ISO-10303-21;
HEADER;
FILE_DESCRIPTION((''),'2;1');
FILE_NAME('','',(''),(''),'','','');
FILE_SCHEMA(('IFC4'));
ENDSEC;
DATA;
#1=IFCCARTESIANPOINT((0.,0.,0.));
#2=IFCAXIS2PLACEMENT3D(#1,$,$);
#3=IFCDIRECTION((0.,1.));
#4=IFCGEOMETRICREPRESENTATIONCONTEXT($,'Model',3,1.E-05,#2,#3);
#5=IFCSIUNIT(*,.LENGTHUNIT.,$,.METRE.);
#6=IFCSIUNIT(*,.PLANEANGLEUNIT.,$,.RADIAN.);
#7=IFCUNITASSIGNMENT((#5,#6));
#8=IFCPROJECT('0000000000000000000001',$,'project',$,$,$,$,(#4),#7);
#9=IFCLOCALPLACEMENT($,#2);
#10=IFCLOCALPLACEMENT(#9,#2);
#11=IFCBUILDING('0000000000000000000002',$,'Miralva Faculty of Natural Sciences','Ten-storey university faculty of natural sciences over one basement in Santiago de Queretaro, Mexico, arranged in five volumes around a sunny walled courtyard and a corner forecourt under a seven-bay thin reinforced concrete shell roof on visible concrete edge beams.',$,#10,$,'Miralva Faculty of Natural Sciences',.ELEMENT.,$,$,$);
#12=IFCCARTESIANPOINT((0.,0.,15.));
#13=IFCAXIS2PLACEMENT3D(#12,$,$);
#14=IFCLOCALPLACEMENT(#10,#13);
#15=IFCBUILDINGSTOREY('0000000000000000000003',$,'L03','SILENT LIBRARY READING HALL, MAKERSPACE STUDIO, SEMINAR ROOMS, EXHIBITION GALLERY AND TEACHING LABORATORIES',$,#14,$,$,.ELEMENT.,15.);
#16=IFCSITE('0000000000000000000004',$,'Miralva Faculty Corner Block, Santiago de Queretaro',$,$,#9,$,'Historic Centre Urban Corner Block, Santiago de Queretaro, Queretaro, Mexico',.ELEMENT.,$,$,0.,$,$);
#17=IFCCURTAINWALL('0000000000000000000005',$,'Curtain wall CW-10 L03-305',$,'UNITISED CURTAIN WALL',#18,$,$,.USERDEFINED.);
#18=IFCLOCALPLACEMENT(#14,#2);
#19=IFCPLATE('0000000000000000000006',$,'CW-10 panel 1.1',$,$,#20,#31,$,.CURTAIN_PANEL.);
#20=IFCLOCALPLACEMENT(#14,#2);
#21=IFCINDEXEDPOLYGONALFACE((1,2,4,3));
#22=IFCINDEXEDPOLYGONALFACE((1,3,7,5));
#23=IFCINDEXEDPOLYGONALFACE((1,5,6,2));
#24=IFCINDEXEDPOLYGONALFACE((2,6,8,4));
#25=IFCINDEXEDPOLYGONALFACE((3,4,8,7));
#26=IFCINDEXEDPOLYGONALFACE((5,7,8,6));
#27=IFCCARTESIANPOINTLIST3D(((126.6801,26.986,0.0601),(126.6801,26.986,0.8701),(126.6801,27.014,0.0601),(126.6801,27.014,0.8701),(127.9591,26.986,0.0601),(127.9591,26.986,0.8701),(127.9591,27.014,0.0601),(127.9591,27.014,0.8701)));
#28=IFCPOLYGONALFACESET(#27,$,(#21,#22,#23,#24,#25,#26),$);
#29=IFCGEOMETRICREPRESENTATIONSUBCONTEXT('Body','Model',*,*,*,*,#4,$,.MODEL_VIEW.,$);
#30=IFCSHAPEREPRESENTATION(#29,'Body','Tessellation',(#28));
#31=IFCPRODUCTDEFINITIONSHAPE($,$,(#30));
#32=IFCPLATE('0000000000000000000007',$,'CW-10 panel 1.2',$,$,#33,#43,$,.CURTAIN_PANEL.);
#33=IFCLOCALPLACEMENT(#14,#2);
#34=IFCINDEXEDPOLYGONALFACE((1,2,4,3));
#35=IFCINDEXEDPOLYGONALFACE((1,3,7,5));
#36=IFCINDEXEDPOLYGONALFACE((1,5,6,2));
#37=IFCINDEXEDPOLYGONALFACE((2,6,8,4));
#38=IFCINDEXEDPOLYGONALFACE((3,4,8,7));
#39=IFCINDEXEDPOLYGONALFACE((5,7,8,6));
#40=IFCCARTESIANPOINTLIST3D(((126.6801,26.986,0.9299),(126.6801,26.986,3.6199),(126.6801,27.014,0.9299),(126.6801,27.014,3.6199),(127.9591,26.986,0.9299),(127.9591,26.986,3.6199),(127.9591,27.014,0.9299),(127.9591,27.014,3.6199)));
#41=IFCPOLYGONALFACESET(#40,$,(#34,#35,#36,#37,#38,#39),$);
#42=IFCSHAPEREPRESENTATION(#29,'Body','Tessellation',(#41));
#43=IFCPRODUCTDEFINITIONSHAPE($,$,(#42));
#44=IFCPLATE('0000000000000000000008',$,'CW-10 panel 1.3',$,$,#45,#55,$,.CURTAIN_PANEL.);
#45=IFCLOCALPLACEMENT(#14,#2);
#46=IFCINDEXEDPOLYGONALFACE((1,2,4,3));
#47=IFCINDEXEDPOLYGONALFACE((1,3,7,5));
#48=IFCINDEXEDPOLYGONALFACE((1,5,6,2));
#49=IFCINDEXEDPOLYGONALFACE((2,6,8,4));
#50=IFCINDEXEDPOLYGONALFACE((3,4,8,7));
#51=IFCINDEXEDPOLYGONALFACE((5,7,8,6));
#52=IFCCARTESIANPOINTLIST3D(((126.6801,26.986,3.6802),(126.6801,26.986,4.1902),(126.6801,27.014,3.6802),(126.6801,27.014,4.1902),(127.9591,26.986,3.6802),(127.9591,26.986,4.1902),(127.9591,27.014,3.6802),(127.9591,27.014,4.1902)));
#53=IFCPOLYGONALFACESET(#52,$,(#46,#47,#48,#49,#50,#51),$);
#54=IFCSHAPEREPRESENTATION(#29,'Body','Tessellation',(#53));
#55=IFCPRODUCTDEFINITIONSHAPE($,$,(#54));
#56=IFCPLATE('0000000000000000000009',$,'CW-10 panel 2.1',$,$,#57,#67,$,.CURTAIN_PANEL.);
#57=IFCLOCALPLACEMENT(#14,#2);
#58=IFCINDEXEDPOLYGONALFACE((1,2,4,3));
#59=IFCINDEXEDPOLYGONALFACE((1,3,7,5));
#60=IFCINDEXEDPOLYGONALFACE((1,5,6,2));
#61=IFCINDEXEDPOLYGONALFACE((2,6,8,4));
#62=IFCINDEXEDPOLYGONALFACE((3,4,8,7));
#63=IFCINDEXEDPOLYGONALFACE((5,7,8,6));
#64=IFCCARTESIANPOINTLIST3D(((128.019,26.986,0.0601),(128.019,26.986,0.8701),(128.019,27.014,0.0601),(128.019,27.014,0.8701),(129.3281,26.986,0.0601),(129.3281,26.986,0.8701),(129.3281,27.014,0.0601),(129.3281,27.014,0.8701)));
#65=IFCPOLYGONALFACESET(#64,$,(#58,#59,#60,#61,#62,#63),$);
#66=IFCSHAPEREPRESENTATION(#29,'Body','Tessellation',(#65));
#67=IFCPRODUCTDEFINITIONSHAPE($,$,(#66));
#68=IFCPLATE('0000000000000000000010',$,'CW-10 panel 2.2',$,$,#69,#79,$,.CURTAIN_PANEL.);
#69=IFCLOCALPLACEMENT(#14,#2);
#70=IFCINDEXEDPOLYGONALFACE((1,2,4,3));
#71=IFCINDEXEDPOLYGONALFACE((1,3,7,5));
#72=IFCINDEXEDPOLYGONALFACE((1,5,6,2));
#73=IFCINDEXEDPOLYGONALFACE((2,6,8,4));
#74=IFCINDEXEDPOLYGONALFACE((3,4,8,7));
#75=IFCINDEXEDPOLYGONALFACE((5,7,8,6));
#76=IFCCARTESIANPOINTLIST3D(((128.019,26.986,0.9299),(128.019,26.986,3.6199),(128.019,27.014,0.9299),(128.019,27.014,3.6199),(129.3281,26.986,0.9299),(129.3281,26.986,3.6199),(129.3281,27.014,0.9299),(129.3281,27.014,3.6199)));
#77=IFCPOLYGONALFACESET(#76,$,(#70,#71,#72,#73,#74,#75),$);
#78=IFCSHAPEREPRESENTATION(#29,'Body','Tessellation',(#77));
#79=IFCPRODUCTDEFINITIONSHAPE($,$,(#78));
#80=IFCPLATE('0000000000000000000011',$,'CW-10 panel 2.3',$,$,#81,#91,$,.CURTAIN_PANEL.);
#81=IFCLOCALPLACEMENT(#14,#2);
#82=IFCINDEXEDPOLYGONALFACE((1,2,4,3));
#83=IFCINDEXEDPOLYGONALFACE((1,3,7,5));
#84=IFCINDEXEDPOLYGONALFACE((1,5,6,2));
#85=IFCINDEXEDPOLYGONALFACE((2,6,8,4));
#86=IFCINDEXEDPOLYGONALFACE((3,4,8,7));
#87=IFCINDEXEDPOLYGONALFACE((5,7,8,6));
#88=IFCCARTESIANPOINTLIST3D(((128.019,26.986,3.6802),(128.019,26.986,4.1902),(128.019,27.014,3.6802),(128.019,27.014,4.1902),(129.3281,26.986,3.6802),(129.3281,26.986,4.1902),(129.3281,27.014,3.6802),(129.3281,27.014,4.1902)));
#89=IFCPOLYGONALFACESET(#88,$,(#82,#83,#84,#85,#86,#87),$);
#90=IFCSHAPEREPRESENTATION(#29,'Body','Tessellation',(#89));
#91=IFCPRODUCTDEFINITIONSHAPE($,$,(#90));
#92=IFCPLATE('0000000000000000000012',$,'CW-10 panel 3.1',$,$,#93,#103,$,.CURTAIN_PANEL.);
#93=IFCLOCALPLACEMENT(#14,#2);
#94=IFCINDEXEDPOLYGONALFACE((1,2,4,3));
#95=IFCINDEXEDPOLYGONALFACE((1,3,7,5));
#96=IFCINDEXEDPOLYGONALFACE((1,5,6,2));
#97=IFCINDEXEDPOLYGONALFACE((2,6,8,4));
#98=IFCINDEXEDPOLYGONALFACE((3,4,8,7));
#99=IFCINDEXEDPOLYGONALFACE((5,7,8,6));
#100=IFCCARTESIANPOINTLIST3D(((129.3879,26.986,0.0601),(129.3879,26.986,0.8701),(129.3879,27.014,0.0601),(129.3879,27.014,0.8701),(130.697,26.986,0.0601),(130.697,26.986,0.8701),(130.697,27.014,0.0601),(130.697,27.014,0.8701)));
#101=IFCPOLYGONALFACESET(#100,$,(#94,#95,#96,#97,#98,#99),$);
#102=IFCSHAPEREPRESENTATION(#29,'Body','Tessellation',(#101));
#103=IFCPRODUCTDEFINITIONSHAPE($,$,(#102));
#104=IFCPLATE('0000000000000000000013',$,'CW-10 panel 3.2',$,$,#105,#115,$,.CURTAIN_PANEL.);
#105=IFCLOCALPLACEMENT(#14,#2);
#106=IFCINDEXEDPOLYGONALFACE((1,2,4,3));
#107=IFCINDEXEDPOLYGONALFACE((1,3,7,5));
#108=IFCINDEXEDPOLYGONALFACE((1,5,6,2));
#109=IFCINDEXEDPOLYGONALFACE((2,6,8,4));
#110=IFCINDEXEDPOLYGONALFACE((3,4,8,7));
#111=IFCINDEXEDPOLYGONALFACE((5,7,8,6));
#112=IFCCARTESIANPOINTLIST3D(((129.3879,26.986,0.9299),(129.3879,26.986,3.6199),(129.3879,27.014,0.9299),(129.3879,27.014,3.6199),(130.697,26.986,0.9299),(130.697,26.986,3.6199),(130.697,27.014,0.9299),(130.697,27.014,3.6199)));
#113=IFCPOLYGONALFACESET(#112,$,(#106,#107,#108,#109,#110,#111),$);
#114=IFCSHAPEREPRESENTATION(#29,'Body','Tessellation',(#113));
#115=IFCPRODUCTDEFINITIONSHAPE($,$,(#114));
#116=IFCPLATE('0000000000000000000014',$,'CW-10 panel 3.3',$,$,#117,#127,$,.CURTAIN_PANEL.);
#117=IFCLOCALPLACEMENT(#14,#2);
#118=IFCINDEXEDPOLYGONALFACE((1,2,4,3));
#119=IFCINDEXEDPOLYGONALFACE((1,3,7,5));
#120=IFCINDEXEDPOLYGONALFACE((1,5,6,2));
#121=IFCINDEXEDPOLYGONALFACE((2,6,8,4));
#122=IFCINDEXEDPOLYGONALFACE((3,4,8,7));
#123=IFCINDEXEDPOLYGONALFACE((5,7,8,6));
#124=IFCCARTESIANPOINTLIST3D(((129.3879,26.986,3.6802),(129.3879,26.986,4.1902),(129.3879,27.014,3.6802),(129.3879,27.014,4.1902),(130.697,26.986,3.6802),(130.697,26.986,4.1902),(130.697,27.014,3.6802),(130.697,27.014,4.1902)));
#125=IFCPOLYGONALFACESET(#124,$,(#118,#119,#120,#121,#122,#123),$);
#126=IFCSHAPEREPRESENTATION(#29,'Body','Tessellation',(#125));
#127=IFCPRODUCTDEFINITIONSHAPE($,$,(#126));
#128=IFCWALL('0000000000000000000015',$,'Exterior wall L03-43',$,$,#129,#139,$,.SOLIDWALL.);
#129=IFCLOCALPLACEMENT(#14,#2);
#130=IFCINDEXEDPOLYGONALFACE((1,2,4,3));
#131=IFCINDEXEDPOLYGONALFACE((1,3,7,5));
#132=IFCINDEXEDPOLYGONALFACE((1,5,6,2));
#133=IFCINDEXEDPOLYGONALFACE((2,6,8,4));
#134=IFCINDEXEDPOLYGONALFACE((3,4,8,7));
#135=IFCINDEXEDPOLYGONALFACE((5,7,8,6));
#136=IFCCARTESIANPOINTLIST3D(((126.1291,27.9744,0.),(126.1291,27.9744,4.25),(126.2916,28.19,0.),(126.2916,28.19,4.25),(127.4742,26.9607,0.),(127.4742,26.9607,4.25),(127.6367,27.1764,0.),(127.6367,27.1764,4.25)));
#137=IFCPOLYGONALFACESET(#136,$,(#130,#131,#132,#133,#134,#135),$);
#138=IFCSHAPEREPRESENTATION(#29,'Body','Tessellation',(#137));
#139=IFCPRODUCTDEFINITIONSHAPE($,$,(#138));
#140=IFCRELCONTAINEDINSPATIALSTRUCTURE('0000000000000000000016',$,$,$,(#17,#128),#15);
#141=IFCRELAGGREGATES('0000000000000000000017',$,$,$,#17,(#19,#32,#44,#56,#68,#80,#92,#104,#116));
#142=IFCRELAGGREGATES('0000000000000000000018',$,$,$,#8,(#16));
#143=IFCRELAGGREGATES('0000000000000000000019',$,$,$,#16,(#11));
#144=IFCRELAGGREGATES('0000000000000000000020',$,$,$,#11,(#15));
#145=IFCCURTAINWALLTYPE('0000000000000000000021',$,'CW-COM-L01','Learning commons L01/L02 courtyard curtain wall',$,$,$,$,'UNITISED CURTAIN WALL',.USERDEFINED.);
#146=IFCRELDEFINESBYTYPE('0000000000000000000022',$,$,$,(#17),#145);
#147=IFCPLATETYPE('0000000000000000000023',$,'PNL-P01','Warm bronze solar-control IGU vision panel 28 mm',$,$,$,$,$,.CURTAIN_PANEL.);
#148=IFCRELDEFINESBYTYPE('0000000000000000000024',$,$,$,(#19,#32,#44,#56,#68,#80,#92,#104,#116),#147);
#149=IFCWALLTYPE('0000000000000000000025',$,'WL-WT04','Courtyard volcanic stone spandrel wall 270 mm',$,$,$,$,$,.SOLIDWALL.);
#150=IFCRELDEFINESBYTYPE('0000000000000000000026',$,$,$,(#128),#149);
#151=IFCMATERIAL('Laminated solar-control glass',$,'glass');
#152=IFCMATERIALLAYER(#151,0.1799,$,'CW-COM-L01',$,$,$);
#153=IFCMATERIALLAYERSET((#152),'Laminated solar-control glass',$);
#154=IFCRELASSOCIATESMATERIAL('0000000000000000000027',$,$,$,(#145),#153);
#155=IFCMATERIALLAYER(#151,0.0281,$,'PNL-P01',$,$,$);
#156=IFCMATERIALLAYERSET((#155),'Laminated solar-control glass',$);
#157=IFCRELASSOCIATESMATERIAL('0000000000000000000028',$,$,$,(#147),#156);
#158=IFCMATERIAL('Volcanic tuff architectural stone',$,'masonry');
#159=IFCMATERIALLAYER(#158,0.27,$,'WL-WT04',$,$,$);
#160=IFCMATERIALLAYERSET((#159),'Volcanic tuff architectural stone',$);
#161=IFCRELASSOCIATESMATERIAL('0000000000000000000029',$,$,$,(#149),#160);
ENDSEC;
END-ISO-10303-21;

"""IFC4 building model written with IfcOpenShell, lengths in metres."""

from ifc_helpers import new_model, si_unit, direction, frame, frame_2d, origin, origin_2d, place, context, subcontext, project, spatial, rectangle, extrude, material, layer, layer_set, type_object, element, aggregate, save


model = new_model("IFC4")

# Units and contexts
model_context = context("Model", 3, precision=1e-05, world=origin(), true_north=direction((0.0, 1.0)))
body_context = subcontext(model_context, "Body", "Model", "MODEL_VIEW")
ifc_project = project(units=[si_unit("LENGTHUNIT", "METRE"), si_unit("PLANEANGLEUNIT", "RADIAN")], contexts=[model_context])

# Site, building, storey
site_placement = place(None, origin())
site = spatial("IfcSite", under=ifc_project, at=site_placement, Name="Miralva Faculty Corner Block, Santiago de Queretaro", LongName="Historic Centre Urban Corner Block, Santiago de Queretaro, Queretaro, Mexico", CompositionType="ELEMENT", RefElevation=0.0)
building_placement = place(site_placement, origin())
building = spatial("IfcBuilding", under=site, at=building_placement, Name="Miralva Faculty of Natural Sciences", Description="Ten-storey university faculty of natural sciences over one basement in Santiago de Queretaro, Mexico, arranged in five volumes around a sunny walled courtyard and a corner forecourt under a seven-bay thin reinforced concrete shell roof on visible concrete edge beams.", LongName="Miralva Faculty of Natural Sciences", CompositionType="ELEMENT")
storey_placement = place(building_placement, frame((0.0, 0.0, 15.0)))
storey = spatial("IfcBuildingStorey", under=building, at=storey_placement, Name="L03", Description="SILENT LIBRARY READING HALL, MAKERSPACE STUDIO, SEMINAR ROOMS, EXHIBITION GALLERY AND TEACHING LABORATORIES", CompositionType="ELEMENT", Elevation=15.0)

# Shared definitions
ifc_material_1 = material(Name="Laminated solar-control glass", Category="glass")

# Curtain wall
ifc_layer_1 = layer(ifc_material_1, 0.1799, Name="CW-COM-L01")
ifc_layer_set_1 = layer_set([ifc_layer_1], Name="Laminated solar-control glass")
curtain_wall_type_1 = type_object("IfcCurtainWallType", Name="CW-COM-L01", Description="Learning commons L01/L02 courtyard curtain wall", ElementType="UNITISED CURTAIN WALL", PredefinedType="USERDEFINED", material=ifc_layer_set_1)
curtain_wall_1_placement = place(storey_placement, origin())
curtain_wall_1 = element("IfcCurtainWall", 1, at=curtain_wall_1_placement, inside=storey, type_object=curtain_wall_type_1, Name="Curtain wall CW-10 L03-305", ObjectType="UNITISED CURTAIN WALL", PredefinedType="USERDEFINED")

# Plates
ifc_layer_2 = layer(ifc_material_1, 0.0281, Name="PNL-P01")
ifc_layer_set_2 = layer_set([ifc_layer_2], Name="Laminated solar-control glass")
plate_type = type_object("IfcPlateType", Name="PNL-P01", Description="Warm bronze solar-control IGU vision panel 28 mm", PredefinedType="CURTAIN_PANEL", material=ifc_layer_set_2)
plate_1_placement = place(storey_placement, frame((127.3196, 27.0, 0.0601), z_axis=(0.0, 0.0, 1.0), x_axis=(1.0, 0.0, 0.0)))
plate_1 = element("IfcPlate", 2, at=plate_1_placement, type_object=plate_type, Name="CW-10 panel 1.1", PredefinedType="CURTAIN_PANEL", context=body_context, shape_type="SweptSolid", body=[
    extrude(rectangle(XDim=1.2791, YDim=0.0281, at=origin_2d()), origin(), (0.0, 0.0, 1.0), 0.8101),
])
plate_2_placement = place(storey_placement, frame((127.3196, 27.0, 0.9299), z_axis=(0.0, 0.0, 1.0), x_axis=(1.0, 0.0, 0.0)))
plate_2 = element("IfcPlate", 3, at=plate_2_placement, type_object=plate_type, Name="CW-10 panel 1.2", PredefinedType="CURTAIN_PANEL", context=body_context, shape_type="SweptSolid", body=[
    extrude(rectangle(XDim=1.2791, YDim=0.0281, at=origin_2d()), origin(), (0.0, 0.0, 1.0), 2.6899),
])
plate_3_placement = place(storey_placement, frame((127.3196, 27.0, 3.6802), z_axis=(0.0, 0.0, 1.0), x_axis=(1.0, 0.0, 0.0)))
plate_3 = element("IfcPlate", 4, at=plate_3_placement, type_object=plate_type, Name="CW-10 panel 1.3", PredefinedType="CURTAIN_PANEL", context=body_context, shape_type="SweptSolid", body=[
    extrude(rectangle(XDim=1.2791, YDim=0.0281, at=origin_2d()), origin(), (0.0, 0.0, 1.0), 0.51),
])
plate_4_placement = place(storey_placement, frame((128.6736, 27.0, 0.0601), z_axis=(0.0, 0.0, 1.0), x_axis=(1.0, 0.0, 0.0)))
plate_4 = element("IfcPlate", 5, at=plate_4_placement, type_object=plate_type, Name="CW-10 panel 2.1", PredefinedType="CURTAIN_PANEL", context=body_context, shape_type="SweptSolid", body=[
    extrude(rectangle(XDim=1.3091, YDim=0.0281, at=origin_2d()), origin(), (0.0, 0.0, 1.0), 0.8101),
])
plate_5_placement = place(storey_placement, frame((128.6736, 27.0, 0.9299), z_axis=(0.0, 0.0, 1.0), x_axis=(1.0, 0.0, 0.0)))
plate_5 = element("IfcPlate", 6, at=plate_5_placement, type_object=plate_type, Name="CW-10 panel 2.2", PredefinedType="CURTAIN_PANEL", context=body_context, shape_type="SweptSolid", body=[
    extrude(rectangle(XDim=1.3091, YDim=0.0281, at=origin_2d()), origin(), (0.0, 0.0, 1.0), 2.6899),
])
plate_6_placement = place(storey_placement, frame((128.6736, 27.0, 3.6802), z_axis=(0.0, 0.0, 1.0), x_axis=(1.0, 0.0, 0.0)))
plate_6 = element("IfcPlate", 7, at=plate_6_placement, type_object=plate_type, Name="CW-10 panel 2.3", PredefinedType="CURTAIN_PANEL", context=body_context, shape_type="SweptSolid", body=[
    extrude(rectangle(XDim=1.3091, YDim=0.0281, at=origin_2d()), origin(), (0.0, 0.0, 1.0), 0.51),
])
plate_7_placement = place(storey_placement, frame((130.0425, 27.0, 0.0601), z_axis=(0.0, 0.0, 1.0), x_axis=(1.0, 0.0, 0.0)))
plate_7 = element("IfcPlate", 8, at=plate_7_placement, type_object=plate_type, Name="CW-10 panel 3.1", PredefinedType="CURTAIN_PANEL", context=body_context, shape_type="SweptSolid", body=[
    extrude(rectangle(XDim=1.3091, YDim=0.0281, at=origin_2d()), origin(), (0.0, 0.0, 1.0), 0.8101),
])
plate_8_placement = place(storey_placement, frame((130.0425, 27.0, 0.9299), z_axis=(0.0, 0.0, 1.0), x_axis=(1.0, 0.0, 0.0)))
plate_8 = element("IfcPlate", 9, at=plate_8_placement, type_object=plate_type, Name="CW-10 panel 3.2", PredefinedType="CURTAIN_PANEL", context=body_context, shape_type="SweptSolid", body=[
    extrude(rectangle(XDim=1.3091, YDim=0.0281, at=origin_2d()), origin(), (0.0, 0.0, 1.0), 2.6899),
])
plate_9_placement = place(storey_placement, frame((130.0425, 27.0, 3.6802), z_axis=(0.0, 0.0, 1.0), x_axis=(1.0, 0.0, 0.0)))
plate_9 = element("IfcPlate", 10, at=plate_9_placement, type_object=plate_type, Name="CW-10 panel 3.3", PredefinedType="CURTAIN_PANEL", context=body_context, shape_type="SweptSolid", body=[
    extrude(rectangle(XDim=1.3091, YDim=0.0281, at=origin_2d()), origin(), (0.0, 0.0, 1.0), 0.51),
])
aggregate(curtain_wall_1, [plate_1, plate_2, plate_3, plate_4, plate_5, plate_6, plate_7, plate_8, plate_9])

# Wall
ifc_material_2 = material(Name="Volcanic tuff architectural stone", Category="masonry")
ifc_layer_3 = layer(ifc_material_2, 0.27, Name="WL-WT04")
ifc_layer_set_3 = layer_set([ifc_layer_3], Name="Volcanic tuff architectural stone")
wall_type = type_object("IfcWallType", Name="WL-WT04", Description="Courtyard volcanic stone spandrel wall 270 mm", PredefinedType="SOLIDWALL", material=ifc_layer_set_3)
wall_placement = place(storey_placement, frame((126.2102, 28.0823, 0.0), z_axis=(0.0, 0.0, 1.0), x_axis=(0.798641, -0.601807, 0.0)))
element("IfcWall", 11, at=wall_placement, inside=storey, type_object=wall_type, Name="Exterior wall L03-43", PredefinedType="SOLIDWALL", context=body_context, shape_type="SweptSolid", body=[
    extrude(rectangle(XDim=1.6843, YDim=0.27, at=frame_2d((0.8423, 0.0))), origin(), (0.0, 0.0, 1.0), 4.25),
])

save(model, "model.ifc")
